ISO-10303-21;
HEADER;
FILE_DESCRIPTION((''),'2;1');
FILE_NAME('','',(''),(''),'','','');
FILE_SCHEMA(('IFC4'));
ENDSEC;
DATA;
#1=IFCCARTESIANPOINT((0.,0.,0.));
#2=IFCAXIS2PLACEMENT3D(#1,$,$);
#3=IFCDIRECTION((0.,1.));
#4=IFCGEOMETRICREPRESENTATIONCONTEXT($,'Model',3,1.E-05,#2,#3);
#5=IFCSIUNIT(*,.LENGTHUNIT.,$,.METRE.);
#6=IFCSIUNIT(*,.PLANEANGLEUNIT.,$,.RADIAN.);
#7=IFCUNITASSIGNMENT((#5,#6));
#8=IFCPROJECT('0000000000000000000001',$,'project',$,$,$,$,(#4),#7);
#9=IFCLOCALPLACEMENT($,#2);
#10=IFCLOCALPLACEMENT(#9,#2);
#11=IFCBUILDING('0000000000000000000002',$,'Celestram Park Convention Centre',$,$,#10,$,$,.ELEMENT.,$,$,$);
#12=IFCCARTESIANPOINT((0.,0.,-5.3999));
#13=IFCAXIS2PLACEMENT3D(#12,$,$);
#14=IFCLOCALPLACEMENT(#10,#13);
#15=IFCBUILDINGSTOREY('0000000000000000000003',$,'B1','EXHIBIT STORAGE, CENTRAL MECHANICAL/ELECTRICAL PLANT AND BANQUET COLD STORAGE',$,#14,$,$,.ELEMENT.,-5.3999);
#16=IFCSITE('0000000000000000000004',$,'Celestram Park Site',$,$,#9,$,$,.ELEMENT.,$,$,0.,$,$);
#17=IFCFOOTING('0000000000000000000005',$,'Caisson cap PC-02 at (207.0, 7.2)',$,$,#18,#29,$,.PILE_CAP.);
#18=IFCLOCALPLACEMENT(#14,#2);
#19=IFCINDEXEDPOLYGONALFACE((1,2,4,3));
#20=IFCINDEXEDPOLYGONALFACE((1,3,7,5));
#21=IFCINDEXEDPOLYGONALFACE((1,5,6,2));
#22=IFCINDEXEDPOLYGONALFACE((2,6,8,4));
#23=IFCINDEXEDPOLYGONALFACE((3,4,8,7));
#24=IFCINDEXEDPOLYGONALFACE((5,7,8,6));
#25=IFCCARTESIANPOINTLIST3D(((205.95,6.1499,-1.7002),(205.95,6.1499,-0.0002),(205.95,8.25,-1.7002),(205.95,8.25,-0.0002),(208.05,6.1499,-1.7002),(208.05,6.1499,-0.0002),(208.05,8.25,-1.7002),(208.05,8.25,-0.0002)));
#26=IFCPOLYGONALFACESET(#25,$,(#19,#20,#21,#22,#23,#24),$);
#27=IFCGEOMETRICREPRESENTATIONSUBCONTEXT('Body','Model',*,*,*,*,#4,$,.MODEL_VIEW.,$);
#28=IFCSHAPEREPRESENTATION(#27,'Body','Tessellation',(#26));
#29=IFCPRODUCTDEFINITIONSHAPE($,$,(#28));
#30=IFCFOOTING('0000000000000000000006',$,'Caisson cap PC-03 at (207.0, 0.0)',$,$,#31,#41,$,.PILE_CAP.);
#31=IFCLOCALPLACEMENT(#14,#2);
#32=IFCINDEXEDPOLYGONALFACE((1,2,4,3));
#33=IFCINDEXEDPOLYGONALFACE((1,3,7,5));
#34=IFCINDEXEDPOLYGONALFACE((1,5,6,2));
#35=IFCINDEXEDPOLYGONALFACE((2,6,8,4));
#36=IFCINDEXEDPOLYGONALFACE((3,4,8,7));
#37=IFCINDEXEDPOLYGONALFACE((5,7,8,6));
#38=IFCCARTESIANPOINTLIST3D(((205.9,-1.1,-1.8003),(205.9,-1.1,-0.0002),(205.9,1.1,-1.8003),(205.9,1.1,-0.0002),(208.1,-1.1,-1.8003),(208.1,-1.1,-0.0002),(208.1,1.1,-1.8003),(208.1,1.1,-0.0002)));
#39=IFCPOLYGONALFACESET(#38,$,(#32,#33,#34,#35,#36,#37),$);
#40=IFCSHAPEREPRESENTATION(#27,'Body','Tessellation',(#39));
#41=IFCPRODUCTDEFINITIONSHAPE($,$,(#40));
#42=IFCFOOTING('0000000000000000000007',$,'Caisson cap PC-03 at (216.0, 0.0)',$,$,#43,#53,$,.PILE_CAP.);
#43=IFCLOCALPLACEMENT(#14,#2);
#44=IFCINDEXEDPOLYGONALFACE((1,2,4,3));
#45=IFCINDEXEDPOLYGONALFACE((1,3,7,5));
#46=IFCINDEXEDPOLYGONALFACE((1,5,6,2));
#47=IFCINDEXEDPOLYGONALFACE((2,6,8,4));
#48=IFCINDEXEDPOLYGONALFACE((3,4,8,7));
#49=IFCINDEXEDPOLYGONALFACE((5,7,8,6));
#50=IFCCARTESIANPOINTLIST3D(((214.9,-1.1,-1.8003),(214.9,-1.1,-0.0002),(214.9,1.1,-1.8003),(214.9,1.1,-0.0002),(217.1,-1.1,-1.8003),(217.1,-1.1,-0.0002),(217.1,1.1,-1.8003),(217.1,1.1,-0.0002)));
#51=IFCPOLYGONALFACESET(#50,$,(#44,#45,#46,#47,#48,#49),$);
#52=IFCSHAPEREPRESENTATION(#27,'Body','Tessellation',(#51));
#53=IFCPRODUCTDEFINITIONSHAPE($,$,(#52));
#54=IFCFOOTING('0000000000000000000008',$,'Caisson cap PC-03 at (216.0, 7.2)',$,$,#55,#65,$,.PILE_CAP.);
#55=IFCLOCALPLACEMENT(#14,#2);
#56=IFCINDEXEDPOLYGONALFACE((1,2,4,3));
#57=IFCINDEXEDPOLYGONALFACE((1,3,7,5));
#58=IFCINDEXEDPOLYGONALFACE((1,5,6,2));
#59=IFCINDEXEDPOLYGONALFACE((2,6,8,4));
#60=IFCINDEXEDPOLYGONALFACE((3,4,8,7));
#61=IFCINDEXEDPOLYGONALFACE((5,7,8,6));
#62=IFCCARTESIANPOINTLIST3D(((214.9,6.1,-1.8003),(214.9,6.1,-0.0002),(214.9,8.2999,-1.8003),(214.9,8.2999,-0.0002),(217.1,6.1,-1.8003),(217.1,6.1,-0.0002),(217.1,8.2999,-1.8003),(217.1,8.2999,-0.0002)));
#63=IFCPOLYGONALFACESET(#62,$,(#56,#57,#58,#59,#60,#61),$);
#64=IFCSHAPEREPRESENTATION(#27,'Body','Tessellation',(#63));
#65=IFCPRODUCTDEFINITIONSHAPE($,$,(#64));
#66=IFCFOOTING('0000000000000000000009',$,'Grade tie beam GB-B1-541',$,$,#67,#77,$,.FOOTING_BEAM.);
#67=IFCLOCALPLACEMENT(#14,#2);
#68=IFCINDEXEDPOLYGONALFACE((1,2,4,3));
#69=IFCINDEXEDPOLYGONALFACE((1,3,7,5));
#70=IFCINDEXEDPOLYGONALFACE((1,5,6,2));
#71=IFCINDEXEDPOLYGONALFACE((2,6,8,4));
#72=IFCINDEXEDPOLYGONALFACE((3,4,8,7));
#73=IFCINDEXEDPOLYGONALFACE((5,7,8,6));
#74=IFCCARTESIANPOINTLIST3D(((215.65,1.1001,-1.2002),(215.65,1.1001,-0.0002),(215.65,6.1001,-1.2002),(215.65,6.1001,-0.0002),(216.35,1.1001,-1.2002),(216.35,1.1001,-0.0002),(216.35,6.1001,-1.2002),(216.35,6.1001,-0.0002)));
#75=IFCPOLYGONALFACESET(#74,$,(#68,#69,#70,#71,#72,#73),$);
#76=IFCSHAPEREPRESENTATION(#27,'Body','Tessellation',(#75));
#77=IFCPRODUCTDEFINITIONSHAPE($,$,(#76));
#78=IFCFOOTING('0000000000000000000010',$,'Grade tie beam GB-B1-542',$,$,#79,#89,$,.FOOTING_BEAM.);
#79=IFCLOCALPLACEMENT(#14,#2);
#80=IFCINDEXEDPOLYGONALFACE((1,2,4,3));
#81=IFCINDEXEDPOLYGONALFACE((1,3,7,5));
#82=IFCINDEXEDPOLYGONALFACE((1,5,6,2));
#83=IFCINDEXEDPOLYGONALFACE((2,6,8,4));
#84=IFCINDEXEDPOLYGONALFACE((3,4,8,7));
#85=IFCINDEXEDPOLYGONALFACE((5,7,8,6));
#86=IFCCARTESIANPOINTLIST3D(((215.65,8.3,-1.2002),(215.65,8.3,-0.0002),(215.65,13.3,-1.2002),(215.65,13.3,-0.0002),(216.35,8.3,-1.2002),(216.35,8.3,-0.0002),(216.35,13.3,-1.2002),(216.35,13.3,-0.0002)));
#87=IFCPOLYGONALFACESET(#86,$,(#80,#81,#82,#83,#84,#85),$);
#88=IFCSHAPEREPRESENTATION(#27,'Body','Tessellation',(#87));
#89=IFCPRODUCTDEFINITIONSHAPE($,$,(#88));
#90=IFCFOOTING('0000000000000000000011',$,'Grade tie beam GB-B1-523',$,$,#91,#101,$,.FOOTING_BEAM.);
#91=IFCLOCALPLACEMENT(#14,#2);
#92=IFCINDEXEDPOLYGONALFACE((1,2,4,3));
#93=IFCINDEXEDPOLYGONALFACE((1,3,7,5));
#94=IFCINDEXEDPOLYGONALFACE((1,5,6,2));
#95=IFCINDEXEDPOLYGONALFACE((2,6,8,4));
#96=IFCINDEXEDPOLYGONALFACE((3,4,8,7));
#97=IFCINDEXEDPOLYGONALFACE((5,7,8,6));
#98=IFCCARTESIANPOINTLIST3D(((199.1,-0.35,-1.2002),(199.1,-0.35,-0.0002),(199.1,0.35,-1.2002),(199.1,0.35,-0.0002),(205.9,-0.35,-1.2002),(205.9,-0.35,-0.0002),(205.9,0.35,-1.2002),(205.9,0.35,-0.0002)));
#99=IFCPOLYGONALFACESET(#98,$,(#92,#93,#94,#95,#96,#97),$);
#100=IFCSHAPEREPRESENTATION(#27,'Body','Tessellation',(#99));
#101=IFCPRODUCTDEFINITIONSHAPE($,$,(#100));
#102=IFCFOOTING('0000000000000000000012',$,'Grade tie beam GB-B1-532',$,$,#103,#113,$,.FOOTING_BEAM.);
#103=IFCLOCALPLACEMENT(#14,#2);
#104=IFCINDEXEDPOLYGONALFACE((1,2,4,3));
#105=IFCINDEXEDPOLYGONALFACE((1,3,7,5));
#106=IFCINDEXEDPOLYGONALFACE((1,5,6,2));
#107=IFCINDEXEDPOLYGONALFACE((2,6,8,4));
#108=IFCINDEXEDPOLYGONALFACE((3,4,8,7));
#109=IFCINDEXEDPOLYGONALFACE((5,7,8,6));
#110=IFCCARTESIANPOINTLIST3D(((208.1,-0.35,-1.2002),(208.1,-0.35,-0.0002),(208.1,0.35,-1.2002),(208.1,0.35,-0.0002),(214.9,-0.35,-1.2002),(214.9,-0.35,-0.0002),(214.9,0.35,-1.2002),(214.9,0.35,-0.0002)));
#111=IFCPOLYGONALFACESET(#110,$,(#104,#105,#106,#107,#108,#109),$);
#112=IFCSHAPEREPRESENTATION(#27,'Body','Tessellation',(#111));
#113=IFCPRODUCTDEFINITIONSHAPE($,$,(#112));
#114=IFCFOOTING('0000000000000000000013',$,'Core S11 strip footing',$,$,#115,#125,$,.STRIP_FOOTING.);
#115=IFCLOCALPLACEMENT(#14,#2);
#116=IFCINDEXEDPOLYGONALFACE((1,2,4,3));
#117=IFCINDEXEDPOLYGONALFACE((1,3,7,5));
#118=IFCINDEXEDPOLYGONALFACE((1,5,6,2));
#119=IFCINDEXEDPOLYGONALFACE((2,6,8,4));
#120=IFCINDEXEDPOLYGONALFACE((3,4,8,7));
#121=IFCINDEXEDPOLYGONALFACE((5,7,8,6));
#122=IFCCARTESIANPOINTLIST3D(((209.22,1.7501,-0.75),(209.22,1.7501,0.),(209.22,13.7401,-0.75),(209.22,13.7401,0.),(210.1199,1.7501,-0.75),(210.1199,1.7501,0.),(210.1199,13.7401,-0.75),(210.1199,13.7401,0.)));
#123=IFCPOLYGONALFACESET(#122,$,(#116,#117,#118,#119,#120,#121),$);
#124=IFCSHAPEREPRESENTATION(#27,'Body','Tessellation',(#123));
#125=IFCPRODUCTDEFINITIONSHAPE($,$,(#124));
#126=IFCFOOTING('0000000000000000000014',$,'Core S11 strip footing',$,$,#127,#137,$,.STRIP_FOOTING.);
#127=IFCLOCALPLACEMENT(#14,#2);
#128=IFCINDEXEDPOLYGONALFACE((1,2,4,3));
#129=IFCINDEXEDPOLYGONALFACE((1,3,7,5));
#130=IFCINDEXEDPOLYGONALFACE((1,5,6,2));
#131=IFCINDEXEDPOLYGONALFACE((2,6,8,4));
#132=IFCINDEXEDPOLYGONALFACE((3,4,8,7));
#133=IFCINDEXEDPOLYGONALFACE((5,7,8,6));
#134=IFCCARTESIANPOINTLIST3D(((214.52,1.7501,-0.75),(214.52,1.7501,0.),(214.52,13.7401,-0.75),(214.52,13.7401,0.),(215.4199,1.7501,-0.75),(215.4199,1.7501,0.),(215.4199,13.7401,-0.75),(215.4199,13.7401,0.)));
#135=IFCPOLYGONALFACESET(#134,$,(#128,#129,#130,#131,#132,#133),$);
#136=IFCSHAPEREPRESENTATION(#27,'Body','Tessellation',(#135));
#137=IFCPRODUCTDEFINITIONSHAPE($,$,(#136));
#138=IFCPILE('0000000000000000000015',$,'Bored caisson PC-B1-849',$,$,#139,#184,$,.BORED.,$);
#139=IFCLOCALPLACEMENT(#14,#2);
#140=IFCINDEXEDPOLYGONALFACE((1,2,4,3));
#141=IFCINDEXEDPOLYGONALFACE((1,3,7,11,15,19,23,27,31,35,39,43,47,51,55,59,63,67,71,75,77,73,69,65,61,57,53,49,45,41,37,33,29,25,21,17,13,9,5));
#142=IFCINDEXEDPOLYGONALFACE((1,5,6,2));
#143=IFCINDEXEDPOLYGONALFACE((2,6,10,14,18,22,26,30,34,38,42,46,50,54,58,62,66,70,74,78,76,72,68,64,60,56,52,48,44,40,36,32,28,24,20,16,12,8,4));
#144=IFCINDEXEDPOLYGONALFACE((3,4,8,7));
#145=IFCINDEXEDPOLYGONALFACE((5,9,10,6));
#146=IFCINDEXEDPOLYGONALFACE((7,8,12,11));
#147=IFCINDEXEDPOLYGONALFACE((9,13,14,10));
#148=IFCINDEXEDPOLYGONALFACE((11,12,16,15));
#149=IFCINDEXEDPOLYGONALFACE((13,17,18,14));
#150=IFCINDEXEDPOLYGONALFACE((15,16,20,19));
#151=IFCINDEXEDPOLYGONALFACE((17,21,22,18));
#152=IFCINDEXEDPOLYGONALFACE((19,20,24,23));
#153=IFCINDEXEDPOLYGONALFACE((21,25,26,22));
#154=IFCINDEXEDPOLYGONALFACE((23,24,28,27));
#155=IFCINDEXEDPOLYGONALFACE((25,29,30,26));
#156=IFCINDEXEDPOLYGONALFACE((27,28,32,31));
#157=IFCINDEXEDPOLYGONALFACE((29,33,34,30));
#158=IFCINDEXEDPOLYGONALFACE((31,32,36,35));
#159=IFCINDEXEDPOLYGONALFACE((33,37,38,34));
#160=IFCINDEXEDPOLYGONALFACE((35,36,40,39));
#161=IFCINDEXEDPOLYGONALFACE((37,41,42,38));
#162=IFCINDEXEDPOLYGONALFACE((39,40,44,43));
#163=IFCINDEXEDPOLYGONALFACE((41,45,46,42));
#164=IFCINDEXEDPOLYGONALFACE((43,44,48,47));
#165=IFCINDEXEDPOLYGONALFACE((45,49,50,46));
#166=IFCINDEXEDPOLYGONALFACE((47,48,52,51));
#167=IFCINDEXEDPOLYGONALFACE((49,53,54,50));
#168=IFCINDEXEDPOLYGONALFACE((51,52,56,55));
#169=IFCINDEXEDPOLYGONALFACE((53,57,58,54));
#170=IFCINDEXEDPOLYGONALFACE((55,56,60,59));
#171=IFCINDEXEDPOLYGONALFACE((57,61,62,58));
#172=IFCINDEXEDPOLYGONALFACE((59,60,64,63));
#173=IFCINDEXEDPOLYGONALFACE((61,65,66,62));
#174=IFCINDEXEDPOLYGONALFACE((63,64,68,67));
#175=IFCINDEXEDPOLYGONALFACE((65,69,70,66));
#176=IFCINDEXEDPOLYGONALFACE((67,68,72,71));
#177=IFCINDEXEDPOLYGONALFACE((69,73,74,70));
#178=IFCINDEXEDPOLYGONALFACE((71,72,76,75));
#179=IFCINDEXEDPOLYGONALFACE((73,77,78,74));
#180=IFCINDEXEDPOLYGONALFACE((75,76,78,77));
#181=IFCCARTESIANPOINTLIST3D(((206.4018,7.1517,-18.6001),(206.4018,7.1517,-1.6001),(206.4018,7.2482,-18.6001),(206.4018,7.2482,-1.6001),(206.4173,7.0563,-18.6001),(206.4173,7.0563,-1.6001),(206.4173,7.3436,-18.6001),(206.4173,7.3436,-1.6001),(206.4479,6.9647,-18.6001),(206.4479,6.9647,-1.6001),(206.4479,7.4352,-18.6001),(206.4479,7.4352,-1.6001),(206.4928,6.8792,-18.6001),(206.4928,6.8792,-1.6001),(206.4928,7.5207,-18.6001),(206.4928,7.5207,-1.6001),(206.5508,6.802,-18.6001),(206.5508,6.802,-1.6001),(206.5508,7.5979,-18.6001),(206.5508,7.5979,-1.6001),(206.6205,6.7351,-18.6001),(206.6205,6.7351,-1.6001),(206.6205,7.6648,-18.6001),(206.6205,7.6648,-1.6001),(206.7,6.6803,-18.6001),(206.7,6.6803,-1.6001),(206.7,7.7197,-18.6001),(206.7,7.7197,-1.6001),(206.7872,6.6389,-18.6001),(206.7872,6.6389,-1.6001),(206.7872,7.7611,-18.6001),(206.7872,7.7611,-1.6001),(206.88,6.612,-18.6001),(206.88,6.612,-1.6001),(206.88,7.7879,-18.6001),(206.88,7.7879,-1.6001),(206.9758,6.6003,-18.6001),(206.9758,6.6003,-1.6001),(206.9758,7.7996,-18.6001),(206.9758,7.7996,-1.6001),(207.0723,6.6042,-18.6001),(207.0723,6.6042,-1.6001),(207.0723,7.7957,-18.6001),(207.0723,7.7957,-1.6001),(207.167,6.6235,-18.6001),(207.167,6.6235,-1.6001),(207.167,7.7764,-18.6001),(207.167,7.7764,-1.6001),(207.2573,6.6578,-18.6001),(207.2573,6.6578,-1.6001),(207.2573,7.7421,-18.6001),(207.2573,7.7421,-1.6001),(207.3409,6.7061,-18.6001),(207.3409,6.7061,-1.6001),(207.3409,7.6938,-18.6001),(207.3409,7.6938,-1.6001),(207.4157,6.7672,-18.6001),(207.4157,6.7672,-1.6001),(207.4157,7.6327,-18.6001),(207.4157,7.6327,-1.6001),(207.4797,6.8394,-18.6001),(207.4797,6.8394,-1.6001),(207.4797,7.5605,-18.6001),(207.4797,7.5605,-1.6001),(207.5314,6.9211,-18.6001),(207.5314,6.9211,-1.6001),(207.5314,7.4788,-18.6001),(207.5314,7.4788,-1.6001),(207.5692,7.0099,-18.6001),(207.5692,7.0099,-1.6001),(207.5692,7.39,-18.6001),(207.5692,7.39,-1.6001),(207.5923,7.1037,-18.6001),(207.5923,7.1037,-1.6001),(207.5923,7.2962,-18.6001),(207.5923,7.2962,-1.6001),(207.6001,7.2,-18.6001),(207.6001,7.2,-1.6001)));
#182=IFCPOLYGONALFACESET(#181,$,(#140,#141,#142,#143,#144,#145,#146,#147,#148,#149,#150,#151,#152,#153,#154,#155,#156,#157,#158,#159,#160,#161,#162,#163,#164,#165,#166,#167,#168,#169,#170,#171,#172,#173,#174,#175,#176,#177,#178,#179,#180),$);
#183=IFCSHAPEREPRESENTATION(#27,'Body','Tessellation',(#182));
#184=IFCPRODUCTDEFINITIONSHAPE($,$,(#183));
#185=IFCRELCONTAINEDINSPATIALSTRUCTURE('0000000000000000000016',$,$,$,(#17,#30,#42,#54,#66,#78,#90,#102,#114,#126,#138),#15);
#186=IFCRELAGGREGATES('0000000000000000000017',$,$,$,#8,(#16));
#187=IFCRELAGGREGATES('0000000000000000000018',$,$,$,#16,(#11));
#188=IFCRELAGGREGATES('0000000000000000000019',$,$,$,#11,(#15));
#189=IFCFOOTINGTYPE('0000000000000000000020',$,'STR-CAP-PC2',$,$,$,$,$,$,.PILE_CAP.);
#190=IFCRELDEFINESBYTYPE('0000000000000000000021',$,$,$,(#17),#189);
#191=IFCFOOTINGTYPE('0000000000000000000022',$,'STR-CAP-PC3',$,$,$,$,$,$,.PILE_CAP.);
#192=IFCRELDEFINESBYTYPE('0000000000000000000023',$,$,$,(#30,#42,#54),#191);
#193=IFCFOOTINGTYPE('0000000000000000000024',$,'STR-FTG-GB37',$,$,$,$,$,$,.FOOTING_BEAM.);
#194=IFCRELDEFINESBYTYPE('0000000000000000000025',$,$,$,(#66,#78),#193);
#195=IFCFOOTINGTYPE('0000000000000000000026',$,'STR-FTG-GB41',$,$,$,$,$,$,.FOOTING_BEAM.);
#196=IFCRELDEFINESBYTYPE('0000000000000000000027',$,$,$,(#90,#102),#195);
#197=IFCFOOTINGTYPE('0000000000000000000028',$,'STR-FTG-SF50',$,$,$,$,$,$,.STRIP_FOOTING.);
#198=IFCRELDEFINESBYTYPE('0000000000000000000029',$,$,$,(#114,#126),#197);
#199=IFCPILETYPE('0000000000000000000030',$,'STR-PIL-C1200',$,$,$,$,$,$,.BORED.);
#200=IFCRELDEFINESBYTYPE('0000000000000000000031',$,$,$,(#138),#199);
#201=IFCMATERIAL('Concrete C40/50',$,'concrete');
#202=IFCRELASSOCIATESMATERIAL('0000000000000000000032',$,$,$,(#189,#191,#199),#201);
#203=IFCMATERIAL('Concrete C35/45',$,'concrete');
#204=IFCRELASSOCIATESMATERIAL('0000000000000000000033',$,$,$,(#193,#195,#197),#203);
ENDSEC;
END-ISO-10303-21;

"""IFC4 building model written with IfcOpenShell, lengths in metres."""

from ifc_helpers import new_model, si_unit, direction, frame, origin, origin_2d, place, context, subcontext, project, spatial, rectangle, circle, extrude, material, material_profile, profile_set, type_object, element, save


model = new_model("IFC4")

# Units and contexts
model_context = context("Model", 3, precision=1e-05, world=origin(), true_north=direction((0.0, 1.0)))
body_context = subcontext(model_context, "Body", "Model", "MODEL_VIEW")
ifc_project = project(units=[si_unit("LENGTHUNIT", "METRE"), si_unit("PLANEANGLEUNIT", "RADIAN")], contexts=[model_context])

# Site, building, storey
site_placement = place(None, origin())
site = spatial("IfcSite", under=ifc_project, at=site_placement, Name="Celestram Park Site", CompositionType="ELEMENT", RefElevation=0.0)
building_placement = place(site_placement, origin())
building = spatial("IfcBuilding", under=site, at=building_placement, Name="Celestram Park Convention Centre", CompositionType="ELEMENT")
storey_placement = place(building_placement, frame((0.0, 0.0, -5.3999)))
storey = spatial("IfcBuildingStorey", under=building, at=storey_placement, Name="B1", Description="EXHIBIT STORAGE, CENTRAL MECHANICAL/ELECTRICAL PLANT AND BANQUET COLD STORAGE", CompositionType="ELEMENT", Elevation=-5.3999)

# Footings
ifc_material_1 = material(Name="Concrete C40/50", Category="concrete")
footing_type_1 = type_object("IfcFootingType", Name="STR-CAP-PC2", PredefinedType="PILE_CAP", material=ifc_material_1)
footing_placement = place(storey_placement, frame((207.0, 7.2, -1.7002), z_axis=(0.0, 0.0, 1.0), x_axis=(1.0, 0.0, 0.0)))
element("IfcFooting", 1, at=footing_placement, inside=storey, type_object=footing_type_1, Name="Caisson cap PC-02 at (207.0, 7.2)", PredefinedType="PILE_CAP", context=body_context, shape_type="SweptSolid", body=[
    extrude(rectangle(XDim=2.1001, YDim=2.1001, at=origin_2d()), origin(), (0.0, 0.0, 1.0), 1.7),
])
footing_type_2 = type_object("IfcFootingType", Name="STR-CAP-PC3", PredefinedType="PILE_CAP", material=ifc_material_1)
for number, where, z_axis, x_axis, name in (
    (2, (207.0, 0.0, -1.8003), (0.0, 0.0, 1.0), (1.0, 0.0, 0.0), "Caisson cap PC-03 at (207.0, 0.0)"),
    (3, (216.0, 0.0, -1.8003), (0.0, 0.0, 1.0), (1.0, 0.0, 0.0), "Caisson cap PC-03 at (216.0, 0.0)"),
    (4, (216.0, 7.2, -1.8003), (0.0, 0.0, 1.0), (1.0, 0.0, 0.0), "Caisson cap PC-03 at (216.0, 7.2)"),
):
    element("IfcFooting", number, at=place(storey_placement, frame(where, z_axis=z_axis, x_axis=x_axis)), inside=storey, type_object=footing_type_2, Name=name, PredefinedType="PILE_CAP", context=body_context, shape_type="SweptSolid", body=[
        extrude(rectangle(XDim=2.2, YDim=2.2, at=origin_2d()), origin(), (0.0, 0.0, 1.0), 1.8),
    ])
ifc_material_2 = material(Name="Concrete C35/45", Category="concrete")
footing_type_3 = type_object("IfcFootingType", Name="STR-FTG-GB37", PredefinedType="FOOTING_BEAM", material=ifc_material_2)
for number, where, z_axis, x_axis, name in (
    (5, (216.0, 3.6001, -1.2002), (0.0, 0.0, 1.0), (0.0, 1.0, 0.0), "Grade tie beam GB-B1-541"),
    (6, (216.0, 10.8, -1.2002), (0.0, 0.0, 1.0), (0.0, 1.0, 0.0), "Grade tie beam GB-B1-542"),
):
    element("IfcFooting", number, at=place(storey_placement, frame(where, z_axis=z_axis, x_axis=x_axis)), inside=storey, type_object=footing_type_3, Name=name, PredefinedType="FOOTING_BEAM", context=body_context, shape_type="SweptSolid", body=[
        extrude(rectangle(XDim=5.0, YDim=0.7, at=origin_2d()), origin(), (0.0, 0.0, 1.0), 1.2),
    ])
footing_type_4 = type_object("IfcFootingType", Name="STR-FTG-GB41", PredefinedType="FOOTING_BEAM", material=ifc_material_2)
for number, where, z_axis, x_axis, name in (
    (7, (202.5, 0.0, -1.2002), (0.0, 0.0, 1.0), (1.0, 0.0, 0.0), "Grade tie beam GB-B1-523"),
    (8, (211.5, 0.0, -1.2002), (0.0, 0.0, 1.0), (1.0, 0.0, 0.0), "Grade tie beam GB-B1-532"),
):
    element("IfcFooting", number, at=place(storey_placement, frame(where, z_axis=z_axis, x_axis=x_axis)), inside=storey, type_object=footing_type_4, Name=name, PredefinedType="FOOTING_BEAM", context=body_context, shape_type="SweptSolid", body=[
        extrude(rectangle(XDim=6.8, YDim=0.7, at=origin_2d()), origin(), (0.0, 0.0, 1.0), 1.2),
    ])
footing_type_5 = type_object("IfcFootingType", Name="STR-FTG-SF50", PredefinedType="STRIP_FOOTING", material=ifc_material_2)
for number, where, z_axis, x_axis, name in (
    (9, (209.6699, 7.7451, -0.75), (0.0, 0.0, 1.0), (0.0, 1.0, 0.0), "Core S11 strip footing"),
    (10, (214.97, 7.7451, -0.75), (0.0, 0.0, 1.0), (0.0, 1.0, 0.0), "Core S11 strip footing"),
):
    element("IfcFooting", number, at=place(storey_placement, frame(where, z_axis=z_axis, x_axis=x_axis)), inside=storey, type_object=footing_type_5, Name=name, PredefinedType="STRIP_FOOTING", context=body_context, shape_type="SweptSolid", body=[
        extrude(rectangle(XDim=11.99, YDim=0.8999, at=origin_2d()), origin(), (0.0, 0.0, 1.0), 0.75),
    ])

# Pile
ifc_material_profile_1 = material_profile(ifc_material_1, circle(Radius=0.6001, at=origin_2d()), Name="CAISSON1200")
ifc_profile_set_1 = profile_set([ifc_material_profile_1], Name="Concrete C40/50")
pile_type_1 = type_object("IfcPileType", Name="STR-PIL-C1200", PredefinedType="BORED", material=ifc_profile_set_1)
pile_placement = place(storey_placement, frame((207.0, 7.2, -1.6001), z_axis=(0.0, 0.0, -1.0), x_axis=(1.0, 0.0, 0.0)))
element("IfcPile", 11, at=pile_placement, inside=storey, type_object=pile_type_1, Name="Bored caisson PC-B1-849", PredefinedType="BORED", context=body_context, shape_type="SweptSolid", body=[
    extrude(circle(Radius=0.6001, at=origin_2d()), origin(), (0.0, 0.0, 1.0), 17.0),
])

save(model, "model.ifc")
